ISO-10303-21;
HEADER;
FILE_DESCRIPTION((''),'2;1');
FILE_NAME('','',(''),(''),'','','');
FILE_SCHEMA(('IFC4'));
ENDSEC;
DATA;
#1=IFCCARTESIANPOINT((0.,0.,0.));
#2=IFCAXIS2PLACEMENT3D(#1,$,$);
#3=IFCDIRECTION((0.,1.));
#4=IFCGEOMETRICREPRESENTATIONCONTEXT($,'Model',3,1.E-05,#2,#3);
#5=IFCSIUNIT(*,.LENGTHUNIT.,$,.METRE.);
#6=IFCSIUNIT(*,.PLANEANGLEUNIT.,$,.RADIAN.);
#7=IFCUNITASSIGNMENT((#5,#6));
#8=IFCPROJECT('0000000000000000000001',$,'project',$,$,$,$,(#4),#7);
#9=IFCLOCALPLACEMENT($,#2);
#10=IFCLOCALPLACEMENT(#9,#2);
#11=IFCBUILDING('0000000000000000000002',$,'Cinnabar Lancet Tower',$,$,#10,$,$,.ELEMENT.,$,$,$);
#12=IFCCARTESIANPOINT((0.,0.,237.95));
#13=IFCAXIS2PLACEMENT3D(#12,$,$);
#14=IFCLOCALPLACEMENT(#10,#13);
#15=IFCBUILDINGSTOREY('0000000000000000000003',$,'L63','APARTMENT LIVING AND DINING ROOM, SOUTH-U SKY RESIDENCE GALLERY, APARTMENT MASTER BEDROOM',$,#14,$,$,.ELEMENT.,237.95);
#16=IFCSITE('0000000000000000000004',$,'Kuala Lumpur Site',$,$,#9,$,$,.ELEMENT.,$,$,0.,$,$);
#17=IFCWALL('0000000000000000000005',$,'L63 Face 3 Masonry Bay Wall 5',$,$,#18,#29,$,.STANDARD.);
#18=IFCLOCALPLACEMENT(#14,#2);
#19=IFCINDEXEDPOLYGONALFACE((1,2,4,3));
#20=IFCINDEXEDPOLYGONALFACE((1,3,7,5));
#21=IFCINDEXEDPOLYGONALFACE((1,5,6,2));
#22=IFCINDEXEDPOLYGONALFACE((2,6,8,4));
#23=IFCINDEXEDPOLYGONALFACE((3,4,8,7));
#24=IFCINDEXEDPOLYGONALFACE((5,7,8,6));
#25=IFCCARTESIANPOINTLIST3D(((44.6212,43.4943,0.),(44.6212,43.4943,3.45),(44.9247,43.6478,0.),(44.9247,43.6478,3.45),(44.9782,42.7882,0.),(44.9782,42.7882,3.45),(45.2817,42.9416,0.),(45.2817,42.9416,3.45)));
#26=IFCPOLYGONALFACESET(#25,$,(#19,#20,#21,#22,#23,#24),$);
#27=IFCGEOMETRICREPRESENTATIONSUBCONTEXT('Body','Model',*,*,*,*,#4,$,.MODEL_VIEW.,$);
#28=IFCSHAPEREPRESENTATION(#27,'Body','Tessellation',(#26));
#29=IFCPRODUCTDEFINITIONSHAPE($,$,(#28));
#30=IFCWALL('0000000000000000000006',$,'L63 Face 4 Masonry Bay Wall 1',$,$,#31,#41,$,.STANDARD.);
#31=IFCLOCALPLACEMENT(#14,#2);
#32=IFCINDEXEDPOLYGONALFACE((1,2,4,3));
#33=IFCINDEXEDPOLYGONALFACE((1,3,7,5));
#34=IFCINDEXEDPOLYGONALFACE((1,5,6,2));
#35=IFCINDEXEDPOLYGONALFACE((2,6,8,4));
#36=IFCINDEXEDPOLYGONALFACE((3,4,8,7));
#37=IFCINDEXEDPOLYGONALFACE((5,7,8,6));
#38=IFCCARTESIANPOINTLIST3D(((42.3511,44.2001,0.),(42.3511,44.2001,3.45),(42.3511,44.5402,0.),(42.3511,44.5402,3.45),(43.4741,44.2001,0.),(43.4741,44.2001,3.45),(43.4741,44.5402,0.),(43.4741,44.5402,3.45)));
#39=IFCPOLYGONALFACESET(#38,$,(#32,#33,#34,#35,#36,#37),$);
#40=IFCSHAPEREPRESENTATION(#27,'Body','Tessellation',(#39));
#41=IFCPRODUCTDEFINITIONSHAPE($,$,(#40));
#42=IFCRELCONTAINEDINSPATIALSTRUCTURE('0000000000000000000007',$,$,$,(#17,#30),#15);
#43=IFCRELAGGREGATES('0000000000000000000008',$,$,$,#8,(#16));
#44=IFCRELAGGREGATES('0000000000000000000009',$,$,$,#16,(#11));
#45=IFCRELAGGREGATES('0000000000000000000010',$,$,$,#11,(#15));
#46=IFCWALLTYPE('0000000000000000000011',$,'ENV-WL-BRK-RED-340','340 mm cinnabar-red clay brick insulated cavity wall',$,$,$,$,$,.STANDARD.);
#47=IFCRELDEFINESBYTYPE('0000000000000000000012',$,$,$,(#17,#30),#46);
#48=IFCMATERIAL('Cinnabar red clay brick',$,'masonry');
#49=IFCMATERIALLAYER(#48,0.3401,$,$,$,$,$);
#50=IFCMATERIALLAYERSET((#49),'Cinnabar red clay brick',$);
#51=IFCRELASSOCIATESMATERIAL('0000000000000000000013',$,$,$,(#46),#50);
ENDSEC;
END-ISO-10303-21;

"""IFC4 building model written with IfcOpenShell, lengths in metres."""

from ifc_helpers import new_model, si_unit, direction, frame, frame_2d, origin, place, context, subcontext, project, spatial, rectangle, extrude, material, layer, layer_set, type_object, element, save


model = new_model("IFC4")

# Units and contexts
model_context = context("Model", 3, precision=1e-05, world=origin(), true_north=direction((0.0, 1.0)))
body_context = subcontext(model_context, "Body", "Model", "MODEL_VIEW")
ifc_project = project(units=[si_unit("LENGTHUNIT", "METRE"), si_unit("PLANEANGLEUNIT", "RADIAN")], contexts=[model_context])

# Site, building, storey
site_placement = place(None, origin())
site = spatial("IfcSite", under=ifc_project, at=site_placement, Name="Kuala Lumpur Site", CompositionType="ELEMENT", RefElevation=0.0)
building_placement = place(site_placement, origin())
building = spatial("IfcBuilding", under=site, at=building_placement, Name="Cinnabar Lancet Tower", CompositionType="ELEMENT")
storey_placement = place(building_placement, frame((0.0, 0.0, 237.95)))
storey = spatial("IfcBuildingStorey", under=building, at=storey_placement, Name="L63", Description="APARTMENT LIVING AND DINING ROOM, SOUTH-U SKY RESIDENCE GALLERY, APARTMENT MASTER BEDROOM", CompositionType="ELEMENT", Elevation=237.95)

# Shared definitions
ifc_material_1 = material(Name="Cinnabar red clay brick", Category="masonry")
ifc_layer_1 = layer(ifc_material_1, 0.3401)
ifc_layer_set_1 = layer_set([ifc_layer_1], Name="Cinnabar red clay brick")
wall_type_1 = type_object("IfcWallType", Name="ENV-WL-BRK-RED-340", Description="340 mm cinnabar-red clay brick insulated cavity wall", PredefinedType="STANDARD", material=ifc_layer_set_1)

# Walls
wall_1_placement = place(storey_placement, frame((45.1299, 42.865, 0.0), z_axis=(0.0, 0.0, 1.0), x_axis=(-0.451159, 0.892443, 0.0)))
element("IfcWall", 1, at=wall_1_placement, inside=storey, type_object=wall_type_1, Name="L63 Face 3 Masonry Bay Wall 5", PredefinedType="STANDARD", context=body_context, shape_type="SweptSolid", body=[
    extrude(rectangle(XDim=0.7913, YDim=0.3401, at=frame_2d((0.3955, 0.0))), origin(), (0.0, 0.0, 1.0), 3.45),
])
wall_2_placement = place(storey_placement, frame((43.4741, 44.3701, 0.0), z_axis=(0.0, 0.0, 1.0), x_axis=(-1.0, 0.0, 0.0)))
element("IfcWall", 2, at=wall_2_placement, inside=storey, type_object=wall_type_1, Name="L63 Face 4 Masonry Bay Wall 1", PredefinedType="STANDARD", context=body_context, shape_type="SweptSolid", body=[
    extrude(rectangle(XDim=1.123, YDim=0.3401, at=frame_2d((0.5615, 0.0))), origin(), (0.0, 0.0, 1.0), 3.45),
])

save(model, "model.ifc")
